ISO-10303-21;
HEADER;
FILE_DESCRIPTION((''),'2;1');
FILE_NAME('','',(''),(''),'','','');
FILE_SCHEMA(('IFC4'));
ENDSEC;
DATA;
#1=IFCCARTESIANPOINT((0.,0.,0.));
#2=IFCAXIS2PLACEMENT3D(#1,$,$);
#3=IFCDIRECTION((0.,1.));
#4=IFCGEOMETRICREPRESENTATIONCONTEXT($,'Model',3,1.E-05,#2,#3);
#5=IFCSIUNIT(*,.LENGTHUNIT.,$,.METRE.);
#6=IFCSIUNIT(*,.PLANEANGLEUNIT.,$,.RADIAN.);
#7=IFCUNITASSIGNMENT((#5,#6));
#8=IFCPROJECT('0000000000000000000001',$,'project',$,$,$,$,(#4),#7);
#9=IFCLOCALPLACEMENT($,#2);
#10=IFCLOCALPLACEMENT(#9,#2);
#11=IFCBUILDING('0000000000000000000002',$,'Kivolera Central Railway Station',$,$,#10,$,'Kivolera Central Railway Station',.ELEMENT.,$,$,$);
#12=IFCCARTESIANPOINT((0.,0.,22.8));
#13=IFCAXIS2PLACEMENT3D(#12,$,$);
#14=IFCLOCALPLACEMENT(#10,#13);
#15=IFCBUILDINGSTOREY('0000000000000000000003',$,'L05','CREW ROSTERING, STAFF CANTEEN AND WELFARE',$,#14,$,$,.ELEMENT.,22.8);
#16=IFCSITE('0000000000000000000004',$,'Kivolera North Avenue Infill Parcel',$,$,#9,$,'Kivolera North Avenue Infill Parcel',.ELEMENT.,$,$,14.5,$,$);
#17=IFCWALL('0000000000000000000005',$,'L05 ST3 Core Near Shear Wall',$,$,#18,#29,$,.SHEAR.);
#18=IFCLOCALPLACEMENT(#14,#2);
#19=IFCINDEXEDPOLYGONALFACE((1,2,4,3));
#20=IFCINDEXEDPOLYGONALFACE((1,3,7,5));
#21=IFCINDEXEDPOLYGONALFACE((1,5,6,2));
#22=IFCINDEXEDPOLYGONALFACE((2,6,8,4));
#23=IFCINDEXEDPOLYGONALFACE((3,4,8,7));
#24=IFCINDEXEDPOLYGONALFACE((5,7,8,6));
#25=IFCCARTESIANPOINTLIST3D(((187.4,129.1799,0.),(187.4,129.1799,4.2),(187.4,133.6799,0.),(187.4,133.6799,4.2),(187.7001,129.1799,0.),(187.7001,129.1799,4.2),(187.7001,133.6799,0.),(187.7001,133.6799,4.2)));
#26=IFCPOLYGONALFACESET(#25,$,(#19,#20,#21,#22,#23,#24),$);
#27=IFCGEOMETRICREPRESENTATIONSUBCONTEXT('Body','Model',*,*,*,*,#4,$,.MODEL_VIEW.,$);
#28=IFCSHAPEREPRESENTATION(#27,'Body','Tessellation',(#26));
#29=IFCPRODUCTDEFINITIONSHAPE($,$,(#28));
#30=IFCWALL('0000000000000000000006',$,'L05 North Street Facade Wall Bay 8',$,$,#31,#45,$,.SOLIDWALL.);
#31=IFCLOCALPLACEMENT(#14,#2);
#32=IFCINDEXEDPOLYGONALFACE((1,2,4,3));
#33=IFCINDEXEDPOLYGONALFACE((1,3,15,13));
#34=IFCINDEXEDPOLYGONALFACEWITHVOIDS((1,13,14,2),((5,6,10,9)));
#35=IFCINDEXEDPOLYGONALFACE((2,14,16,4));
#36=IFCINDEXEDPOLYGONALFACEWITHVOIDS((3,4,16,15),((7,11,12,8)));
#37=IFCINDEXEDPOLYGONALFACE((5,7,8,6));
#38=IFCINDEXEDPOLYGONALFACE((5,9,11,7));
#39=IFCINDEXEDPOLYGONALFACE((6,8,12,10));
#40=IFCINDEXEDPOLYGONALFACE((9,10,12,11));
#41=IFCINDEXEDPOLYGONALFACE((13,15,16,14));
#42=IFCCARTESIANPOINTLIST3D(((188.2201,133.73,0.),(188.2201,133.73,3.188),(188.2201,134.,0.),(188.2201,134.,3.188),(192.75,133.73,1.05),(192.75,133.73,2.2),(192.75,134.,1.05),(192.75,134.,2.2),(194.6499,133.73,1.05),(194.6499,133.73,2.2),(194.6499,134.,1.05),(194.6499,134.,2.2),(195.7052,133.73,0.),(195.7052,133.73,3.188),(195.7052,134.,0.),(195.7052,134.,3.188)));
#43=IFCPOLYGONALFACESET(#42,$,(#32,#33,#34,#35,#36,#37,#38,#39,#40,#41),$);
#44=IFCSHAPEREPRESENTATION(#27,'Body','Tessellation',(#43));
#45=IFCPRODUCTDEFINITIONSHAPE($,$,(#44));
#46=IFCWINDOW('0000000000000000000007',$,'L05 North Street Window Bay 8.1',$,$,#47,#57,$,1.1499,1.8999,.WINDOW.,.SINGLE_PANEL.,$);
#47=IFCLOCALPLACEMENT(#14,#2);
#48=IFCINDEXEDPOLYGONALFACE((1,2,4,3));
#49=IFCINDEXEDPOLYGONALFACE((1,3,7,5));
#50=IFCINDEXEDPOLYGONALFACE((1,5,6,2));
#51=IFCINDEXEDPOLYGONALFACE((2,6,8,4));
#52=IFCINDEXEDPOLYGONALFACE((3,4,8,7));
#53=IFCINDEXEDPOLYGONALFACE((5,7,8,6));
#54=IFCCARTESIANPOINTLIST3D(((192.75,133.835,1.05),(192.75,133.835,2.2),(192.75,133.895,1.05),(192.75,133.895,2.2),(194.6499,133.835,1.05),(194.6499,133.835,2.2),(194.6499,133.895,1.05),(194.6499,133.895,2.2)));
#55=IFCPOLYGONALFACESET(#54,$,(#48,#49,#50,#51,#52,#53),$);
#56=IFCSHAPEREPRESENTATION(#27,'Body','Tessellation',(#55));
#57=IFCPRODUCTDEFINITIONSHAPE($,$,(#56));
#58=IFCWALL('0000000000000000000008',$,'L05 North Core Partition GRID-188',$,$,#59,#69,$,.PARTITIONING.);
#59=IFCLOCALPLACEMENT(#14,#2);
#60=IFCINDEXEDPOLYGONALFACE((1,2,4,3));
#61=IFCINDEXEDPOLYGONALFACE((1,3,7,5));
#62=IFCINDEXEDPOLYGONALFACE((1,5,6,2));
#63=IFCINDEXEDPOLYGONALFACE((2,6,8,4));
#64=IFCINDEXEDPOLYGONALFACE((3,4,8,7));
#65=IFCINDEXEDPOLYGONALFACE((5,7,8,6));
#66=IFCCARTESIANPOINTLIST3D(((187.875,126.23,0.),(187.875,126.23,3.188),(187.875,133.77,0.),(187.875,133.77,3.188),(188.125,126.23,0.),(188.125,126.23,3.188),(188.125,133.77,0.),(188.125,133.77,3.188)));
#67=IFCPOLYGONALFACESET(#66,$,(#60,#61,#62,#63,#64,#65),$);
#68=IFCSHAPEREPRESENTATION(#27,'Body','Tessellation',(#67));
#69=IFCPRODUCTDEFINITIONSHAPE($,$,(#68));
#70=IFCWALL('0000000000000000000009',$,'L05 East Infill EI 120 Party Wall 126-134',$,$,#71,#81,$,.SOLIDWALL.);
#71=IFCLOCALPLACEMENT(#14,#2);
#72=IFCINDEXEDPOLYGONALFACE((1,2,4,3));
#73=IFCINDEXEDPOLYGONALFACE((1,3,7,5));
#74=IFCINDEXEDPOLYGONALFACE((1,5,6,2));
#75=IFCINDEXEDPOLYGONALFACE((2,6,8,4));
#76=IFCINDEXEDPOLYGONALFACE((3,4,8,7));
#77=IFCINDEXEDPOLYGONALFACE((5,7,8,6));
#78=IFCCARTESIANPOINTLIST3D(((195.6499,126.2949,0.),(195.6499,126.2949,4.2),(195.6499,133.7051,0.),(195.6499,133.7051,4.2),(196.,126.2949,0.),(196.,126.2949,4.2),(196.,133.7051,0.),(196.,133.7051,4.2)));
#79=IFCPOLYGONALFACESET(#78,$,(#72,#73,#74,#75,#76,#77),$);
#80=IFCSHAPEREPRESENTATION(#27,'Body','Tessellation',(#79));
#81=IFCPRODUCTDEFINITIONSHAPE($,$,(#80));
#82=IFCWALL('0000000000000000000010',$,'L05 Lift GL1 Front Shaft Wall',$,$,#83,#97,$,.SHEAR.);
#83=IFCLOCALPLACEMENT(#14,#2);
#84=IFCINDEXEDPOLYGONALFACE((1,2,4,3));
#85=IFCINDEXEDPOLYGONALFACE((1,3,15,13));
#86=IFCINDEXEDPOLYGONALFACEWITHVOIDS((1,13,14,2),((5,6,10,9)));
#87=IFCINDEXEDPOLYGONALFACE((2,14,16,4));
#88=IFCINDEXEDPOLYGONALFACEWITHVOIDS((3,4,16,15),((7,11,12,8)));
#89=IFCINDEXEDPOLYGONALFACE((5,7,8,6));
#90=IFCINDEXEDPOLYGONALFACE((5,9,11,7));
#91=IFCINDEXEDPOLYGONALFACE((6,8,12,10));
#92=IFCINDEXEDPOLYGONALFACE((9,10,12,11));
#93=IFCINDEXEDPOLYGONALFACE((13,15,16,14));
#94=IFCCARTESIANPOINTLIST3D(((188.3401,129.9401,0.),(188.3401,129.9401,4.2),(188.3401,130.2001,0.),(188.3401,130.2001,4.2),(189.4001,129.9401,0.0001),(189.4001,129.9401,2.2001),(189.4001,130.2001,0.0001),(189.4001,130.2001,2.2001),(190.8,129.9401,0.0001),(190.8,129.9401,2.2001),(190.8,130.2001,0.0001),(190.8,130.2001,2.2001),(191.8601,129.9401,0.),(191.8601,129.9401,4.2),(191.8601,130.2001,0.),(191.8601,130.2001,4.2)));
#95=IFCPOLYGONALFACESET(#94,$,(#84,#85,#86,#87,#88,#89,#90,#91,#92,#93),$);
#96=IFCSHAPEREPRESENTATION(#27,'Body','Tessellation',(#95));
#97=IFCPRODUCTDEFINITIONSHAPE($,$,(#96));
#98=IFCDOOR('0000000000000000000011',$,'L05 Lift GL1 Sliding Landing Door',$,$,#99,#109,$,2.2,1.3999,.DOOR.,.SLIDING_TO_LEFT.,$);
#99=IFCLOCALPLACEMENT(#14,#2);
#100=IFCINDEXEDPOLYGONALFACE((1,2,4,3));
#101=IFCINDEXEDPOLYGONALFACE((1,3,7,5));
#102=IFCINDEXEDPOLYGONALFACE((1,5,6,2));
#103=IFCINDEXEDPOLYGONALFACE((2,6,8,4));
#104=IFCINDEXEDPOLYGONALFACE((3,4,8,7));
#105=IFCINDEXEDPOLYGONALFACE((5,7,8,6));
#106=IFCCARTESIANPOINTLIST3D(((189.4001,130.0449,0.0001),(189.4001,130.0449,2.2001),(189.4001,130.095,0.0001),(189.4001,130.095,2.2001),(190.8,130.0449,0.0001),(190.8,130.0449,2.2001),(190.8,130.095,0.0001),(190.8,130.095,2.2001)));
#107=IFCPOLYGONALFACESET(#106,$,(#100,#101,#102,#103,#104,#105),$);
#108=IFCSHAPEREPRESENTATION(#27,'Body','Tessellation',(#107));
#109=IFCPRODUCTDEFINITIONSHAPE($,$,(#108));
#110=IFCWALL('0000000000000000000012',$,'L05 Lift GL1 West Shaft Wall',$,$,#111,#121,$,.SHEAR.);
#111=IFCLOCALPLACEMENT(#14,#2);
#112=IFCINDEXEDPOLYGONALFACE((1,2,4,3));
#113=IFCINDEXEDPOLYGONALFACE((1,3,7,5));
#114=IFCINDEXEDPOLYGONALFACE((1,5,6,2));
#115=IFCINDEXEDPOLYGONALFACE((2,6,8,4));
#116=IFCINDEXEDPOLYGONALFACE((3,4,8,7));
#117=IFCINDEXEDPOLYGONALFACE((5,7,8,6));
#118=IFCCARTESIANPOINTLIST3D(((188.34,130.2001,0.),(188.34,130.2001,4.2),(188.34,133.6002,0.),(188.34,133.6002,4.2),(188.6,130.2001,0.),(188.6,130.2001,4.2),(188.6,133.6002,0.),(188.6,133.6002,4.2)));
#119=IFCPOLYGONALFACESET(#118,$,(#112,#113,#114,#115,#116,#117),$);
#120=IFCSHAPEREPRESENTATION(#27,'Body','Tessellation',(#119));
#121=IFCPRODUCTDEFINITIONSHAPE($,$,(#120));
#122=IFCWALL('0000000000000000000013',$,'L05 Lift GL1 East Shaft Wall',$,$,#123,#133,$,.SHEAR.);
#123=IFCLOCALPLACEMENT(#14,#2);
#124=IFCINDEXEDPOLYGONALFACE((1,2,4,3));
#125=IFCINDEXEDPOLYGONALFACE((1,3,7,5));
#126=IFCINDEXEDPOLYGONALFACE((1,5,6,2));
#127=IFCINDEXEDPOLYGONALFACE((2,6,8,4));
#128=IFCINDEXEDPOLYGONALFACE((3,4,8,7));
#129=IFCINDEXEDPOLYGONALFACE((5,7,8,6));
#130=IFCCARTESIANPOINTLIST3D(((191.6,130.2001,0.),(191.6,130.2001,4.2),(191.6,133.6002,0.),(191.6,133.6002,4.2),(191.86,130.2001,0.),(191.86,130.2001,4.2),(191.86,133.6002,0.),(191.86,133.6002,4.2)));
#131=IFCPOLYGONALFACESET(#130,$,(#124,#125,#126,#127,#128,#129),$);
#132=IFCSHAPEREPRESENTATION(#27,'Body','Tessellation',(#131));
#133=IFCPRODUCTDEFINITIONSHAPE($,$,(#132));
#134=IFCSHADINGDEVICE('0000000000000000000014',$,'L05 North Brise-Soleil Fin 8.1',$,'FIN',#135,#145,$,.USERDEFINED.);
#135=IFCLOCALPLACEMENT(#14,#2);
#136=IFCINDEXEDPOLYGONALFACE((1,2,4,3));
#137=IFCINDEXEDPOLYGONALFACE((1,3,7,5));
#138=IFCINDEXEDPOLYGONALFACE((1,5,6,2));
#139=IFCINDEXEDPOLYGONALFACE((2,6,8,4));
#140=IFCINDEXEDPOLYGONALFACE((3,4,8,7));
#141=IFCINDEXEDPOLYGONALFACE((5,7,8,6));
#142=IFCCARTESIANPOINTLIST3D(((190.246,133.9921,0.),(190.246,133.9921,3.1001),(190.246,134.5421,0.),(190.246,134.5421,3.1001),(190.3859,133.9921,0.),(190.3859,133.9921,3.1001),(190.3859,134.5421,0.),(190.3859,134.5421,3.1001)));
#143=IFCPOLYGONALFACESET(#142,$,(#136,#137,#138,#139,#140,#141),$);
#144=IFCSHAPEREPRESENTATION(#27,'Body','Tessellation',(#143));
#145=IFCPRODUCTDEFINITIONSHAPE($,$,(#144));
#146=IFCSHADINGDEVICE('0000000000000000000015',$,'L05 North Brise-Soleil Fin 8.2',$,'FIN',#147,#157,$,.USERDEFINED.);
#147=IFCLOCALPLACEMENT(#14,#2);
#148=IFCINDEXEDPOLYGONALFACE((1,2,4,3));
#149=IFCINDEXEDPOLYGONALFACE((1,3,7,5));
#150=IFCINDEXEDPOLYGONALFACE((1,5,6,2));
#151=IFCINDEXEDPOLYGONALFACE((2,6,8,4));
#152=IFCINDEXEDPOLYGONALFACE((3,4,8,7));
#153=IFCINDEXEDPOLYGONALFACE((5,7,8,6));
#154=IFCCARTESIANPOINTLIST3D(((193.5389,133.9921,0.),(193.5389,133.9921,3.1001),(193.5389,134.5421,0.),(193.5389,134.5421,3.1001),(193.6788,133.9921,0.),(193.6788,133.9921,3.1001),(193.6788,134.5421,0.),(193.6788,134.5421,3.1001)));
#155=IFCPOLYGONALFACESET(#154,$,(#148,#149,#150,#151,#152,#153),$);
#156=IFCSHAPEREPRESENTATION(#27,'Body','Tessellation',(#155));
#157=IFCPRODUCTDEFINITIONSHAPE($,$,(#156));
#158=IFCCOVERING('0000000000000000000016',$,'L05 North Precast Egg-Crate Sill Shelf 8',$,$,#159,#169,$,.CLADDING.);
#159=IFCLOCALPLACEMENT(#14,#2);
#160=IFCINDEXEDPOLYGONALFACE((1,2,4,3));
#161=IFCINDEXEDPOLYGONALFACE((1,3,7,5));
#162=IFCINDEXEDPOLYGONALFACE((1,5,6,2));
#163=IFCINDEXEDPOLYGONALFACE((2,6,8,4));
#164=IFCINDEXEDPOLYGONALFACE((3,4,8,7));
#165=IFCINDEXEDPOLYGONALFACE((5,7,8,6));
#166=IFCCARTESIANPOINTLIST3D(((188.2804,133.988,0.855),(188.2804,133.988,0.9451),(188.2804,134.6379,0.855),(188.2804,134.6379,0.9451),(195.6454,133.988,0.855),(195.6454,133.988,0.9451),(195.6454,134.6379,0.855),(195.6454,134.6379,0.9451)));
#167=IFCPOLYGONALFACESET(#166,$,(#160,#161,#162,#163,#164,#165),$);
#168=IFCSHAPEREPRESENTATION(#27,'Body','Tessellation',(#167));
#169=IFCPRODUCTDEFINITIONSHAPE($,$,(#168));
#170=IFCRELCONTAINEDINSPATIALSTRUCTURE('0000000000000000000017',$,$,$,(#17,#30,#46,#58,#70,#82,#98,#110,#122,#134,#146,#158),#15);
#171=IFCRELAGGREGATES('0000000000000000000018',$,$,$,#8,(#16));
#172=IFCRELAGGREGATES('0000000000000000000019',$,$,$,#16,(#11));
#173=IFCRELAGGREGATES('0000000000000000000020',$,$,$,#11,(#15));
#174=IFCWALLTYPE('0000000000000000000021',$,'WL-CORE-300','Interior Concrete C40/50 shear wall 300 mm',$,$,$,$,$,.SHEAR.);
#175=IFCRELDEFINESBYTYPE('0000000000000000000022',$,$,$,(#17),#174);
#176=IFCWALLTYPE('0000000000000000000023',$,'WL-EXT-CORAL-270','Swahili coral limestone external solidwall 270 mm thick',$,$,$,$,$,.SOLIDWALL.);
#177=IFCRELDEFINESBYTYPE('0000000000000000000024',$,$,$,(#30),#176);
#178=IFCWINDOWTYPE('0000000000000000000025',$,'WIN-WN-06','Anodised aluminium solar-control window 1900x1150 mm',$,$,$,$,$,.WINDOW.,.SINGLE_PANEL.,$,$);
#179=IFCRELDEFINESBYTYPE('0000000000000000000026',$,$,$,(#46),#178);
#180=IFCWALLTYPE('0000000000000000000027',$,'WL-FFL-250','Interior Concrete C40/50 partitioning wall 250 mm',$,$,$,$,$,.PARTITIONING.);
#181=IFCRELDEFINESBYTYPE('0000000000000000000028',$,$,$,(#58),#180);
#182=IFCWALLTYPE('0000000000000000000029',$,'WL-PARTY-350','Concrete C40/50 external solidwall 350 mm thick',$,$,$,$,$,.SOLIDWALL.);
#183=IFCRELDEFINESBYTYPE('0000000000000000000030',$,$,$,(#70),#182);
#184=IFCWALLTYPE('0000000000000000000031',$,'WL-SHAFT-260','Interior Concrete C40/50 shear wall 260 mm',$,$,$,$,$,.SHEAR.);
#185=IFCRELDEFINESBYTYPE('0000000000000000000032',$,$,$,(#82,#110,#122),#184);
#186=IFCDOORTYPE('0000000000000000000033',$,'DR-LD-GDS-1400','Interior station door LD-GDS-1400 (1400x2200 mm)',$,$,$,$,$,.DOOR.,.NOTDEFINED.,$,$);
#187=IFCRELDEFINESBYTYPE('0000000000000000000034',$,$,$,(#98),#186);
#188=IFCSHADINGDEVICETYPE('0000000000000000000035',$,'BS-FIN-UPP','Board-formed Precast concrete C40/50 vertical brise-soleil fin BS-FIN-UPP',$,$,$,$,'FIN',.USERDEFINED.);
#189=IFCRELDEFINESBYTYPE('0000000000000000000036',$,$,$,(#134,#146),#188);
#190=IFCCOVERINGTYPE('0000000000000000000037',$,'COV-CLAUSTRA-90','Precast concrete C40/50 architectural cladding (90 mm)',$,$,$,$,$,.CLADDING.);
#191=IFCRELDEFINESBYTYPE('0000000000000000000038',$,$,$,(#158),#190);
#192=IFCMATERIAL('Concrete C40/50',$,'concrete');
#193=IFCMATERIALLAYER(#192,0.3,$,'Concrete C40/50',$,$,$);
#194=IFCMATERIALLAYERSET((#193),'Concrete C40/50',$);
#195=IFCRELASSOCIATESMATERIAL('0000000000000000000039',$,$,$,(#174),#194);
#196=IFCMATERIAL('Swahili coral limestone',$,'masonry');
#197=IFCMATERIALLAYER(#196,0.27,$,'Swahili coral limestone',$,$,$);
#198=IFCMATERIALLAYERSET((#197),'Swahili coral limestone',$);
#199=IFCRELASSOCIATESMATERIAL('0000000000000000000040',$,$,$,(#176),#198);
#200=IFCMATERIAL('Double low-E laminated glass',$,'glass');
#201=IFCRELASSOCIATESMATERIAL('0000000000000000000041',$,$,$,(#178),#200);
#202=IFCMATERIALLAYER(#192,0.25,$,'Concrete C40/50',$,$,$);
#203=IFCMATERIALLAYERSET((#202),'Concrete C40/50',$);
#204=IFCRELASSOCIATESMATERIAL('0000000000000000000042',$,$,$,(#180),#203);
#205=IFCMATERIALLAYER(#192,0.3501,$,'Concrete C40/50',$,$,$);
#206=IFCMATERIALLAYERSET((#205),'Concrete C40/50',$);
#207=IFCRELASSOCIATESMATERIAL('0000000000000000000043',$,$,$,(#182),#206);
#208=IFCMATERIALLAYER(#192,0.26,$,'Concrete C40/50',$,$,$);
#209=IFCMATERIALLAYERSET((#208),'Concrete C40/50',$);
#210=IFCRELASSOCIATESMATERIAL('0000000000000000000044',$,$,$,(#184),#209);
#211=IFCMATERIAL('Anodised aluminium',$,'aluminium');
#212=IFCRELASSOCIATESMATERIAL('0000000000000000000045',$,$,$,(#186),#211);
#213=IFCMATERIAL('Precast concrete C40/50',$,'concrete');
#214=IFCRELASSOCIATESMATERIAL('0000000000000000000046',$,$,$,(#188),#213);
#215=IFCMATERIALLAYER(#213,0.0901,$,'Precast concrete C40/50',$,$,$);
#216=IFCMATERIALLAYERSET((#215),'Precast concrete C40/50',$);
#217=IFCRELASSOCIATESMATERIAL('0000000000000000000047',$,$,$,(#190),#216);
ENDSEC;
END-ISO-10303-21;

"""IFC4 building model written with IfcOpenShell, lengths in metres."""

from ifc_helpers import new_model, si_unit, direction, frame, frame_2d, origin, origin_2d, place, context, subcontext, project, spatial, rectangle, extrude, material, layer, layer_set, type_object, element, fill, save


model = new_model("IFC4")

# Units and contexts
model_context = context("Model", 3, precision=1e-05, world=origin(), true_north=direction((0.0, 1.0)))
body_context = subcontext(model_context, "Body", "Model", "MODEL_VIEW")
ifc_project = project(units=[si_unit("LENGTHUNIT", "METRE"), si_unit("PLANEANGLEUNIT", "RADIAN")], contexts=[model_context])

# Site, building, storey
site_placement = place(None, origin())
site = spatial("IfcSite", under=ifc_project, at=site_placement, Name="Kivolera North Avenue Infill Parcel", LongName="Kivolera North Avenue Infill Parcel", CompositionType="ELEMENT", RefElevation=14.5)
building_placement = place(site_placement, origin())
building = spatial("IfcBuilding", under=site, at=building_placement, Name="Kivolera Central Railway Station", LongName="Kivolera Central Railway Station", CompositionType="ELEMENT")
storey_placement = place(building_placement, frame((0.0, 0.0, 22.8)))
storey = spatial("IfcBuildingStorey", under=building, at=storey_placement, Name="L05", Description="CREW ROSTERING, STAFF CANTEEN AND WELFARE", CompositionType="ELEMENT", Elevation=22.8)

# Shared definitions
ifc_material_1 = material(Name="Concrete C40/50", Category="concrete")

# Shared definitions
ifc_material_2 = material(Name="Anodised aluminium", Category="aluminium")

# Shared definitions
ifc_layer_1 = layer(ifc_material_1, 0.3, Name="Concrete C40/50")
ifc_layer_set_1 = layer_set([ifc_layer_1], Name="Concrete C40/50")
wall_type_1 = type_object("IfcWallType", Name="WL-CORE-300", Description="Interior Concrete C40/50 shear wall 300 mm", PredefinedType="SHEAR", material=ifc_layer_set_1)

# Wall
wall_1_placement = place(storey_placement, frame((187.55, 133.6799, 0.0), z_axis=(0.0, 0.0, 1.0), x_axis=(0.0, -1.0, 0.0)))
element("IfcWall", 1, at=wall_1_placement, inside=storey, type_object=wall_type_1, Name="L05 ST3 Core Near Shear Wall", PredefinedType="SHEAR", context=body_context, shape_type="SweptSolid", body=[
    extrude(rectangle(XDim=4.5, YDim=0.3, at=frame_2d((2.25, 0.0))), origin(), (0.0, 0.0, 1.0), 4.2),
])

# Wall, opening, window
ifc_material_3 = material(Name="Swahili coral limestone", Category="masonry")
ifc_layer_2 = layer(ifc_material_3, 0.27, Name="Swahili coral limestone")
ifc_layer_set_2 = layer_set([ifc_layer_2], Name="Swahili coral limestone")
wall_type_2 = type_object("IfcWallType", Name="WL-EXT-CORAL-270", Description="Swahili coral limestone external solidwall 270 mm thick", PredefinedType="SOLIDWALL", material=ifc_layer_set_2)
wall_2_placement = place(storey_placement, frame((188.22, 133.865, 0.0), z_axis=(0.0, 0.0, 1.0), x_axis=(1.0, 0.0, 0.0)))
wall_2 = element("IfcWall", 2, at=wall_2_placement, inside=storey, type_object=wall_type_2, Name="L05 North Street Facade Wall Bay 8", PredefinedType="SOLIDWALL", context=body_context, shape_type="SweptSolid", body=[
    extrude(rectangle(XDim=7.4851, YDim=0.27, at=frame_2d((3.7427, 0.0))), origin(), (0.0, 0.0, 1.0), 3.188),
])
opening_1_placement = place(wall_2_placement, frame((4.53, 0.0, 1.05)))
opening_1 = element("IfcOpeningElement", 3, at=opening_1_placement, cuts=wall_2, PredefinedType="OPENING", context=body_context, shape_type="SweptSolid", body=[
    extrude(rectangle(XDim=1.8999, YDim=1.1499, at=frame_2d((0.95, 0.575))), frame((0.0, 0.145, 0.0), z_axis=(0.0, -1.0, 0.0), x_axis=(1.0, 0.0, 0.0)), (0.0, 0.0, 1.0), 0.29),
])
ifc_material_4 = material(Name="Double low-E laminated glass", Category="glass")
window_type = type_object("IfcWindowType", Name="WIN-WN-06", Description="Anodised aluminium solar-control window 1900x1150 mm", PartitioningType="SINGLE_PANEL", PredefinedType="WINDOW", material=ifc_material_4)
window_placement = place(opening_1_placement, origin())
window = element("IfcWindow", 4, at=window_placement, inside=storey, type_object=window_type, Name="L05 North Street Window Bay 8.1", OverallHeight=1.1499, OverallWidth=1.8999, PartitioningType="SINGLE_PANEL", PredefinedType="WINDOW", context=body_context, shape_type="SweptSolid", body=[
    extrude(rectangle(XDim=1.8999, YDim=1.1499, at=frame_2d((0.95, 0.575))), frame((0.0, 0.03, 0.0), z_axis=(0.0, -1.0, 0.0), x_axis=(1.0, 0.0, 0.0)), (0.0, 0.0, 1.0), 0.0601),
])
fill(opening_1, window)

# Walls
ifc_layer_3 = layer(ifc_material_1, 0.25, Name="Concrete C40/50")
ifc_layer_set_3 = layer_set([ifc_layer_3], Name="Concrete C40/50")
wall_type_3 = type_object("IfcWallType", Name="WL-FFL-250", Description="Interior Concrete C40/50 partitioning wall 250 mm", PredefinedType="PARTITIONING", material=ifc_layer_set_3)
wall_3_placement = place(storey_placement, frame((188.0, 126.23, 0.0), z_axis=(0.0, 0.0, 1.0), x_axis=(0.0, 1.0, 0.0)))
element("IfcWall", 5, at=wall_3_placement, inside=storey, type_object=wall_type_3, Name="L05 North Core Partition GRID-188", PredefinedType="PARTITIONING", context=body_context, shape_type="SweptSolid", body=[
    extrude(rectangle(XDim=7.54, YDim=0.25, at=frame_2d((3.77, 0.0))), origin(), (0.0, 0.0, 1.0), 3.188),
])
ifc_layer_4 = layer(ifc_material_1, 0.3501, Name="Concrete C40/50")
ifc_layer_set_4 = layer_set([ifc_layer_4], Name="Concrete C40/50")
wall_type_4 = type_object("IfcWallType", Name="WL-PARTY-350", Description="Concrete C40/50 external solidwall 350 mm thick", PredefinedType="SOLIDWALL", material=ifc_layer_set_4)
wall_4_placement = place(storey_placement, frame((195.825, 133.7051, 0.0), z_axis=(0.0, 0.0, 1.0), x_axis=(0.0, -1.0, 0.0)))
element("IfcWall", 6, at=wall_4_placement, inside=storey, type_object=wall_type_4, Name="L05 East Infill EI 120 Party Wall 126-134", PredefinedType="SOLIDWALL", context=body_context, shape_type="SweptSolid", body=[
    extrude(rectangle(XDim=7.4102, YDim=0.3501, at=frame_2d((3.7051, 0.0))), origin(), (0.0, 0.0, 1.0), 4.2),
])

# Wall, opening, door
ifc_layer_5 = layer(ifc_material_1, 0.26, Name="Concrete C40/50")
ifc_layer_set_5 = layer_set([ifc_layer_5], Name="Concrete C40/50")
wall_type_5 = type_object("IfcWallType", Name="WL-SHAFT-260", Description="Interior Concrete C40/50 shear wall 260 mm", PredefinedType="SHEAR", material=ifc_layer_set_5)
wall_5_placement = place(storey_placement, frame((188.3401, 130.0701, 0.0), z_axis=(0.0, 0.0, 1.0), x_axis=(1.0, 0.0, 0.0)))
wall_5 = element("IfcWall", 7, at=wall_5_placement, inside=storey, type_object=wall_type_5, Name="L05 Lift GL1 Front Shaft Wall", PredefinedType="SHEAR", context=body_context, shape_type="SweptSolid", body=[
    extrude(rectangle(XDim=3.52, YDim=0.26, at=frame_2d((1.76, 0.0))), origin(), (0.0, 0.0, 1.0), 4.2),
])
opening_2_placement = place(wall_5_placement, frame((1.0601, 0.0, 0.0)))
opening_2 = element("IfcOpeningElement", 8, at=opening_2_placement, cuts=wall_5, PredefinedType="OPENING", context=body_context, shape_type="SweptSolid", body=[
    extrude(rectangle(XDim=1.3999, YDim=2.2, at=frame_2d((0.7, 1.1001))), frame((0.0, 0.1399, 0.0), z_axis=(0.0, -1.0, 0.0), x_axis=(1.0, 0.0, 0.0)), (0.0, 0.0, 1.0), 0.28),
])
door_type_1 = type_object("IfcDoorType", Name="DR-LD-GDS-1400", Description="Interior station door LD-GDS-1400 (1400x2200 mm)", OperationType="NOTDEFINED", PredefinedType="DOOR", material=ifc_material_2)
door_1_placement = place(opening_2_placement, origin())
door_1 = element("IfcDoor", 9, at=door_1_placement, inside=storey, type_object=door_type_1, Name="L05 Lift GL1 Sliding Landing Door", OperationType="SLIDING_TO_LEFT", OverallHeight=2.2, OverallWidth=1.3999, PredefinedType="DOOR", context=body_context, shape_type="SweptSolid", body=[
    extrude(rectangle(XDim=1.3999, YDim=2.2, at=frame_2d((0.7, 1.1001))), frame((0.0, 0.0249, 0.0), z_axis=(0.0, -1.0, 0.0), x_axis=(1.0, 0.0, 0.0)), (0.0, 0.0, 1.0), 0.05),
])
fill(opening_2, door_1)

# Walls
for number, where, z_axis, x_axis, name in (
    (10, (188.47, 130.2, 0.0), (0.0, 0.0, 1.0), (0.0, 1.0, 0.0), "L05 Lift GL1 West Shaft Wall"),
    (11, (191.73, 130.2, 0.0), (0.0, 0.0, 1.0), (0.0, 1.0, 0.0), "L05 Lift GL1 East Shaft Wall"),
):
    element("IfcWall", number, at=place(storey_placement, frame(where, z_axis=z_axis, x_axis=x_axis)), inside=storey, type_object=wall_type_5, Name=name, PredefinedType="SHEAR", context=body_context, shape_type="SweptSolid", body=[
        extrude(rectangle(XDim=3.4001, YDim=0.26, at=frame_2d((1.7002, 0.0))), origin(), (0.0, 0.0, 1.0), 4.2),
    ])

# Shading devices
ifc_material_5 = material(Name="Precast concrete C40/50", Category="concrete")
shading_device_type = type_object("IfcShadingDeviceType", Name="BS-FIN-UPP", Description="Board-formed Precast concrete C40/50 vertical brise-soleil fin BS-FIN-UPP", ElementType="FIN", PredefinedType="USERDEFINED", material=ifc_material_5)
for number, where, z_axis, x_axis, name in (
    (12, (190.3159, 134.2671, 0.0), (0.0, 0.0, 1.0), (1.0, 0.0, 0.0), "L05 North Brise-Soleil Fin 8.1"),
    (13, (193.6089, 134.2671, 0.0), (0.0, 0.0, 1.0), (1.0, 0.0, 0.0), "L05 North Brise-Soleil Fin 8.2"),
):
    element("IfcShadingDevice", number, at=place(storey_placement, frame(where, z_axis=z_axis, x_axis=x_axis)), inside=storey, type_object=shading_device_type, Name=name, ObjectType="FIN", PredefinedType="USERDEFINED", context=body_context, shape_type="SweptSolid", body=[
        extrude(rectangle(XDim=0.1399, YDim=0.55, at=origin_2d()), origin(), (0.0, 0.0, 1.0), 3.1001),
    ])

# Covering
ifc_layer_6 = layer(ifc_material_5, 0.0901, Name="Precast concrete C40/50")
ifc_layer_set_6 = layer_set([ifc_layer_6], Name="Precast concrete C40/50")
covering_type_1 = type_object("IfcCoveringType", Name="COV-CLAUSTRA-90", Description="Precast concrete C40/50 architectural cladding (90 mm)", PredefinedType="CLADDING", material=ifc_layer_set_6)
covering_1_placement = place(storey_placement, frame((191.9629, 134.313, 0.855), z_axis=(0.0, 0.0, 1.0), x_axis=(1.0, 0.0, 0.0)))
element("IfcCovering", 14, at=covering_1_placement, inside=storey, type_object=covering_type_1, Name="L05 North Precast Egg-Crate Sill Shelf 8", PredefinedType="CLADDING", context=body_context, shape_type="SweptSolid", body=[
    extrude(rectangle(XDim=7.365, YDim=0.6499, at=origin_2d()), origin(), (0.0, 0.0, 1.0), 0.0901),
])

save(model, "model.ifc")
